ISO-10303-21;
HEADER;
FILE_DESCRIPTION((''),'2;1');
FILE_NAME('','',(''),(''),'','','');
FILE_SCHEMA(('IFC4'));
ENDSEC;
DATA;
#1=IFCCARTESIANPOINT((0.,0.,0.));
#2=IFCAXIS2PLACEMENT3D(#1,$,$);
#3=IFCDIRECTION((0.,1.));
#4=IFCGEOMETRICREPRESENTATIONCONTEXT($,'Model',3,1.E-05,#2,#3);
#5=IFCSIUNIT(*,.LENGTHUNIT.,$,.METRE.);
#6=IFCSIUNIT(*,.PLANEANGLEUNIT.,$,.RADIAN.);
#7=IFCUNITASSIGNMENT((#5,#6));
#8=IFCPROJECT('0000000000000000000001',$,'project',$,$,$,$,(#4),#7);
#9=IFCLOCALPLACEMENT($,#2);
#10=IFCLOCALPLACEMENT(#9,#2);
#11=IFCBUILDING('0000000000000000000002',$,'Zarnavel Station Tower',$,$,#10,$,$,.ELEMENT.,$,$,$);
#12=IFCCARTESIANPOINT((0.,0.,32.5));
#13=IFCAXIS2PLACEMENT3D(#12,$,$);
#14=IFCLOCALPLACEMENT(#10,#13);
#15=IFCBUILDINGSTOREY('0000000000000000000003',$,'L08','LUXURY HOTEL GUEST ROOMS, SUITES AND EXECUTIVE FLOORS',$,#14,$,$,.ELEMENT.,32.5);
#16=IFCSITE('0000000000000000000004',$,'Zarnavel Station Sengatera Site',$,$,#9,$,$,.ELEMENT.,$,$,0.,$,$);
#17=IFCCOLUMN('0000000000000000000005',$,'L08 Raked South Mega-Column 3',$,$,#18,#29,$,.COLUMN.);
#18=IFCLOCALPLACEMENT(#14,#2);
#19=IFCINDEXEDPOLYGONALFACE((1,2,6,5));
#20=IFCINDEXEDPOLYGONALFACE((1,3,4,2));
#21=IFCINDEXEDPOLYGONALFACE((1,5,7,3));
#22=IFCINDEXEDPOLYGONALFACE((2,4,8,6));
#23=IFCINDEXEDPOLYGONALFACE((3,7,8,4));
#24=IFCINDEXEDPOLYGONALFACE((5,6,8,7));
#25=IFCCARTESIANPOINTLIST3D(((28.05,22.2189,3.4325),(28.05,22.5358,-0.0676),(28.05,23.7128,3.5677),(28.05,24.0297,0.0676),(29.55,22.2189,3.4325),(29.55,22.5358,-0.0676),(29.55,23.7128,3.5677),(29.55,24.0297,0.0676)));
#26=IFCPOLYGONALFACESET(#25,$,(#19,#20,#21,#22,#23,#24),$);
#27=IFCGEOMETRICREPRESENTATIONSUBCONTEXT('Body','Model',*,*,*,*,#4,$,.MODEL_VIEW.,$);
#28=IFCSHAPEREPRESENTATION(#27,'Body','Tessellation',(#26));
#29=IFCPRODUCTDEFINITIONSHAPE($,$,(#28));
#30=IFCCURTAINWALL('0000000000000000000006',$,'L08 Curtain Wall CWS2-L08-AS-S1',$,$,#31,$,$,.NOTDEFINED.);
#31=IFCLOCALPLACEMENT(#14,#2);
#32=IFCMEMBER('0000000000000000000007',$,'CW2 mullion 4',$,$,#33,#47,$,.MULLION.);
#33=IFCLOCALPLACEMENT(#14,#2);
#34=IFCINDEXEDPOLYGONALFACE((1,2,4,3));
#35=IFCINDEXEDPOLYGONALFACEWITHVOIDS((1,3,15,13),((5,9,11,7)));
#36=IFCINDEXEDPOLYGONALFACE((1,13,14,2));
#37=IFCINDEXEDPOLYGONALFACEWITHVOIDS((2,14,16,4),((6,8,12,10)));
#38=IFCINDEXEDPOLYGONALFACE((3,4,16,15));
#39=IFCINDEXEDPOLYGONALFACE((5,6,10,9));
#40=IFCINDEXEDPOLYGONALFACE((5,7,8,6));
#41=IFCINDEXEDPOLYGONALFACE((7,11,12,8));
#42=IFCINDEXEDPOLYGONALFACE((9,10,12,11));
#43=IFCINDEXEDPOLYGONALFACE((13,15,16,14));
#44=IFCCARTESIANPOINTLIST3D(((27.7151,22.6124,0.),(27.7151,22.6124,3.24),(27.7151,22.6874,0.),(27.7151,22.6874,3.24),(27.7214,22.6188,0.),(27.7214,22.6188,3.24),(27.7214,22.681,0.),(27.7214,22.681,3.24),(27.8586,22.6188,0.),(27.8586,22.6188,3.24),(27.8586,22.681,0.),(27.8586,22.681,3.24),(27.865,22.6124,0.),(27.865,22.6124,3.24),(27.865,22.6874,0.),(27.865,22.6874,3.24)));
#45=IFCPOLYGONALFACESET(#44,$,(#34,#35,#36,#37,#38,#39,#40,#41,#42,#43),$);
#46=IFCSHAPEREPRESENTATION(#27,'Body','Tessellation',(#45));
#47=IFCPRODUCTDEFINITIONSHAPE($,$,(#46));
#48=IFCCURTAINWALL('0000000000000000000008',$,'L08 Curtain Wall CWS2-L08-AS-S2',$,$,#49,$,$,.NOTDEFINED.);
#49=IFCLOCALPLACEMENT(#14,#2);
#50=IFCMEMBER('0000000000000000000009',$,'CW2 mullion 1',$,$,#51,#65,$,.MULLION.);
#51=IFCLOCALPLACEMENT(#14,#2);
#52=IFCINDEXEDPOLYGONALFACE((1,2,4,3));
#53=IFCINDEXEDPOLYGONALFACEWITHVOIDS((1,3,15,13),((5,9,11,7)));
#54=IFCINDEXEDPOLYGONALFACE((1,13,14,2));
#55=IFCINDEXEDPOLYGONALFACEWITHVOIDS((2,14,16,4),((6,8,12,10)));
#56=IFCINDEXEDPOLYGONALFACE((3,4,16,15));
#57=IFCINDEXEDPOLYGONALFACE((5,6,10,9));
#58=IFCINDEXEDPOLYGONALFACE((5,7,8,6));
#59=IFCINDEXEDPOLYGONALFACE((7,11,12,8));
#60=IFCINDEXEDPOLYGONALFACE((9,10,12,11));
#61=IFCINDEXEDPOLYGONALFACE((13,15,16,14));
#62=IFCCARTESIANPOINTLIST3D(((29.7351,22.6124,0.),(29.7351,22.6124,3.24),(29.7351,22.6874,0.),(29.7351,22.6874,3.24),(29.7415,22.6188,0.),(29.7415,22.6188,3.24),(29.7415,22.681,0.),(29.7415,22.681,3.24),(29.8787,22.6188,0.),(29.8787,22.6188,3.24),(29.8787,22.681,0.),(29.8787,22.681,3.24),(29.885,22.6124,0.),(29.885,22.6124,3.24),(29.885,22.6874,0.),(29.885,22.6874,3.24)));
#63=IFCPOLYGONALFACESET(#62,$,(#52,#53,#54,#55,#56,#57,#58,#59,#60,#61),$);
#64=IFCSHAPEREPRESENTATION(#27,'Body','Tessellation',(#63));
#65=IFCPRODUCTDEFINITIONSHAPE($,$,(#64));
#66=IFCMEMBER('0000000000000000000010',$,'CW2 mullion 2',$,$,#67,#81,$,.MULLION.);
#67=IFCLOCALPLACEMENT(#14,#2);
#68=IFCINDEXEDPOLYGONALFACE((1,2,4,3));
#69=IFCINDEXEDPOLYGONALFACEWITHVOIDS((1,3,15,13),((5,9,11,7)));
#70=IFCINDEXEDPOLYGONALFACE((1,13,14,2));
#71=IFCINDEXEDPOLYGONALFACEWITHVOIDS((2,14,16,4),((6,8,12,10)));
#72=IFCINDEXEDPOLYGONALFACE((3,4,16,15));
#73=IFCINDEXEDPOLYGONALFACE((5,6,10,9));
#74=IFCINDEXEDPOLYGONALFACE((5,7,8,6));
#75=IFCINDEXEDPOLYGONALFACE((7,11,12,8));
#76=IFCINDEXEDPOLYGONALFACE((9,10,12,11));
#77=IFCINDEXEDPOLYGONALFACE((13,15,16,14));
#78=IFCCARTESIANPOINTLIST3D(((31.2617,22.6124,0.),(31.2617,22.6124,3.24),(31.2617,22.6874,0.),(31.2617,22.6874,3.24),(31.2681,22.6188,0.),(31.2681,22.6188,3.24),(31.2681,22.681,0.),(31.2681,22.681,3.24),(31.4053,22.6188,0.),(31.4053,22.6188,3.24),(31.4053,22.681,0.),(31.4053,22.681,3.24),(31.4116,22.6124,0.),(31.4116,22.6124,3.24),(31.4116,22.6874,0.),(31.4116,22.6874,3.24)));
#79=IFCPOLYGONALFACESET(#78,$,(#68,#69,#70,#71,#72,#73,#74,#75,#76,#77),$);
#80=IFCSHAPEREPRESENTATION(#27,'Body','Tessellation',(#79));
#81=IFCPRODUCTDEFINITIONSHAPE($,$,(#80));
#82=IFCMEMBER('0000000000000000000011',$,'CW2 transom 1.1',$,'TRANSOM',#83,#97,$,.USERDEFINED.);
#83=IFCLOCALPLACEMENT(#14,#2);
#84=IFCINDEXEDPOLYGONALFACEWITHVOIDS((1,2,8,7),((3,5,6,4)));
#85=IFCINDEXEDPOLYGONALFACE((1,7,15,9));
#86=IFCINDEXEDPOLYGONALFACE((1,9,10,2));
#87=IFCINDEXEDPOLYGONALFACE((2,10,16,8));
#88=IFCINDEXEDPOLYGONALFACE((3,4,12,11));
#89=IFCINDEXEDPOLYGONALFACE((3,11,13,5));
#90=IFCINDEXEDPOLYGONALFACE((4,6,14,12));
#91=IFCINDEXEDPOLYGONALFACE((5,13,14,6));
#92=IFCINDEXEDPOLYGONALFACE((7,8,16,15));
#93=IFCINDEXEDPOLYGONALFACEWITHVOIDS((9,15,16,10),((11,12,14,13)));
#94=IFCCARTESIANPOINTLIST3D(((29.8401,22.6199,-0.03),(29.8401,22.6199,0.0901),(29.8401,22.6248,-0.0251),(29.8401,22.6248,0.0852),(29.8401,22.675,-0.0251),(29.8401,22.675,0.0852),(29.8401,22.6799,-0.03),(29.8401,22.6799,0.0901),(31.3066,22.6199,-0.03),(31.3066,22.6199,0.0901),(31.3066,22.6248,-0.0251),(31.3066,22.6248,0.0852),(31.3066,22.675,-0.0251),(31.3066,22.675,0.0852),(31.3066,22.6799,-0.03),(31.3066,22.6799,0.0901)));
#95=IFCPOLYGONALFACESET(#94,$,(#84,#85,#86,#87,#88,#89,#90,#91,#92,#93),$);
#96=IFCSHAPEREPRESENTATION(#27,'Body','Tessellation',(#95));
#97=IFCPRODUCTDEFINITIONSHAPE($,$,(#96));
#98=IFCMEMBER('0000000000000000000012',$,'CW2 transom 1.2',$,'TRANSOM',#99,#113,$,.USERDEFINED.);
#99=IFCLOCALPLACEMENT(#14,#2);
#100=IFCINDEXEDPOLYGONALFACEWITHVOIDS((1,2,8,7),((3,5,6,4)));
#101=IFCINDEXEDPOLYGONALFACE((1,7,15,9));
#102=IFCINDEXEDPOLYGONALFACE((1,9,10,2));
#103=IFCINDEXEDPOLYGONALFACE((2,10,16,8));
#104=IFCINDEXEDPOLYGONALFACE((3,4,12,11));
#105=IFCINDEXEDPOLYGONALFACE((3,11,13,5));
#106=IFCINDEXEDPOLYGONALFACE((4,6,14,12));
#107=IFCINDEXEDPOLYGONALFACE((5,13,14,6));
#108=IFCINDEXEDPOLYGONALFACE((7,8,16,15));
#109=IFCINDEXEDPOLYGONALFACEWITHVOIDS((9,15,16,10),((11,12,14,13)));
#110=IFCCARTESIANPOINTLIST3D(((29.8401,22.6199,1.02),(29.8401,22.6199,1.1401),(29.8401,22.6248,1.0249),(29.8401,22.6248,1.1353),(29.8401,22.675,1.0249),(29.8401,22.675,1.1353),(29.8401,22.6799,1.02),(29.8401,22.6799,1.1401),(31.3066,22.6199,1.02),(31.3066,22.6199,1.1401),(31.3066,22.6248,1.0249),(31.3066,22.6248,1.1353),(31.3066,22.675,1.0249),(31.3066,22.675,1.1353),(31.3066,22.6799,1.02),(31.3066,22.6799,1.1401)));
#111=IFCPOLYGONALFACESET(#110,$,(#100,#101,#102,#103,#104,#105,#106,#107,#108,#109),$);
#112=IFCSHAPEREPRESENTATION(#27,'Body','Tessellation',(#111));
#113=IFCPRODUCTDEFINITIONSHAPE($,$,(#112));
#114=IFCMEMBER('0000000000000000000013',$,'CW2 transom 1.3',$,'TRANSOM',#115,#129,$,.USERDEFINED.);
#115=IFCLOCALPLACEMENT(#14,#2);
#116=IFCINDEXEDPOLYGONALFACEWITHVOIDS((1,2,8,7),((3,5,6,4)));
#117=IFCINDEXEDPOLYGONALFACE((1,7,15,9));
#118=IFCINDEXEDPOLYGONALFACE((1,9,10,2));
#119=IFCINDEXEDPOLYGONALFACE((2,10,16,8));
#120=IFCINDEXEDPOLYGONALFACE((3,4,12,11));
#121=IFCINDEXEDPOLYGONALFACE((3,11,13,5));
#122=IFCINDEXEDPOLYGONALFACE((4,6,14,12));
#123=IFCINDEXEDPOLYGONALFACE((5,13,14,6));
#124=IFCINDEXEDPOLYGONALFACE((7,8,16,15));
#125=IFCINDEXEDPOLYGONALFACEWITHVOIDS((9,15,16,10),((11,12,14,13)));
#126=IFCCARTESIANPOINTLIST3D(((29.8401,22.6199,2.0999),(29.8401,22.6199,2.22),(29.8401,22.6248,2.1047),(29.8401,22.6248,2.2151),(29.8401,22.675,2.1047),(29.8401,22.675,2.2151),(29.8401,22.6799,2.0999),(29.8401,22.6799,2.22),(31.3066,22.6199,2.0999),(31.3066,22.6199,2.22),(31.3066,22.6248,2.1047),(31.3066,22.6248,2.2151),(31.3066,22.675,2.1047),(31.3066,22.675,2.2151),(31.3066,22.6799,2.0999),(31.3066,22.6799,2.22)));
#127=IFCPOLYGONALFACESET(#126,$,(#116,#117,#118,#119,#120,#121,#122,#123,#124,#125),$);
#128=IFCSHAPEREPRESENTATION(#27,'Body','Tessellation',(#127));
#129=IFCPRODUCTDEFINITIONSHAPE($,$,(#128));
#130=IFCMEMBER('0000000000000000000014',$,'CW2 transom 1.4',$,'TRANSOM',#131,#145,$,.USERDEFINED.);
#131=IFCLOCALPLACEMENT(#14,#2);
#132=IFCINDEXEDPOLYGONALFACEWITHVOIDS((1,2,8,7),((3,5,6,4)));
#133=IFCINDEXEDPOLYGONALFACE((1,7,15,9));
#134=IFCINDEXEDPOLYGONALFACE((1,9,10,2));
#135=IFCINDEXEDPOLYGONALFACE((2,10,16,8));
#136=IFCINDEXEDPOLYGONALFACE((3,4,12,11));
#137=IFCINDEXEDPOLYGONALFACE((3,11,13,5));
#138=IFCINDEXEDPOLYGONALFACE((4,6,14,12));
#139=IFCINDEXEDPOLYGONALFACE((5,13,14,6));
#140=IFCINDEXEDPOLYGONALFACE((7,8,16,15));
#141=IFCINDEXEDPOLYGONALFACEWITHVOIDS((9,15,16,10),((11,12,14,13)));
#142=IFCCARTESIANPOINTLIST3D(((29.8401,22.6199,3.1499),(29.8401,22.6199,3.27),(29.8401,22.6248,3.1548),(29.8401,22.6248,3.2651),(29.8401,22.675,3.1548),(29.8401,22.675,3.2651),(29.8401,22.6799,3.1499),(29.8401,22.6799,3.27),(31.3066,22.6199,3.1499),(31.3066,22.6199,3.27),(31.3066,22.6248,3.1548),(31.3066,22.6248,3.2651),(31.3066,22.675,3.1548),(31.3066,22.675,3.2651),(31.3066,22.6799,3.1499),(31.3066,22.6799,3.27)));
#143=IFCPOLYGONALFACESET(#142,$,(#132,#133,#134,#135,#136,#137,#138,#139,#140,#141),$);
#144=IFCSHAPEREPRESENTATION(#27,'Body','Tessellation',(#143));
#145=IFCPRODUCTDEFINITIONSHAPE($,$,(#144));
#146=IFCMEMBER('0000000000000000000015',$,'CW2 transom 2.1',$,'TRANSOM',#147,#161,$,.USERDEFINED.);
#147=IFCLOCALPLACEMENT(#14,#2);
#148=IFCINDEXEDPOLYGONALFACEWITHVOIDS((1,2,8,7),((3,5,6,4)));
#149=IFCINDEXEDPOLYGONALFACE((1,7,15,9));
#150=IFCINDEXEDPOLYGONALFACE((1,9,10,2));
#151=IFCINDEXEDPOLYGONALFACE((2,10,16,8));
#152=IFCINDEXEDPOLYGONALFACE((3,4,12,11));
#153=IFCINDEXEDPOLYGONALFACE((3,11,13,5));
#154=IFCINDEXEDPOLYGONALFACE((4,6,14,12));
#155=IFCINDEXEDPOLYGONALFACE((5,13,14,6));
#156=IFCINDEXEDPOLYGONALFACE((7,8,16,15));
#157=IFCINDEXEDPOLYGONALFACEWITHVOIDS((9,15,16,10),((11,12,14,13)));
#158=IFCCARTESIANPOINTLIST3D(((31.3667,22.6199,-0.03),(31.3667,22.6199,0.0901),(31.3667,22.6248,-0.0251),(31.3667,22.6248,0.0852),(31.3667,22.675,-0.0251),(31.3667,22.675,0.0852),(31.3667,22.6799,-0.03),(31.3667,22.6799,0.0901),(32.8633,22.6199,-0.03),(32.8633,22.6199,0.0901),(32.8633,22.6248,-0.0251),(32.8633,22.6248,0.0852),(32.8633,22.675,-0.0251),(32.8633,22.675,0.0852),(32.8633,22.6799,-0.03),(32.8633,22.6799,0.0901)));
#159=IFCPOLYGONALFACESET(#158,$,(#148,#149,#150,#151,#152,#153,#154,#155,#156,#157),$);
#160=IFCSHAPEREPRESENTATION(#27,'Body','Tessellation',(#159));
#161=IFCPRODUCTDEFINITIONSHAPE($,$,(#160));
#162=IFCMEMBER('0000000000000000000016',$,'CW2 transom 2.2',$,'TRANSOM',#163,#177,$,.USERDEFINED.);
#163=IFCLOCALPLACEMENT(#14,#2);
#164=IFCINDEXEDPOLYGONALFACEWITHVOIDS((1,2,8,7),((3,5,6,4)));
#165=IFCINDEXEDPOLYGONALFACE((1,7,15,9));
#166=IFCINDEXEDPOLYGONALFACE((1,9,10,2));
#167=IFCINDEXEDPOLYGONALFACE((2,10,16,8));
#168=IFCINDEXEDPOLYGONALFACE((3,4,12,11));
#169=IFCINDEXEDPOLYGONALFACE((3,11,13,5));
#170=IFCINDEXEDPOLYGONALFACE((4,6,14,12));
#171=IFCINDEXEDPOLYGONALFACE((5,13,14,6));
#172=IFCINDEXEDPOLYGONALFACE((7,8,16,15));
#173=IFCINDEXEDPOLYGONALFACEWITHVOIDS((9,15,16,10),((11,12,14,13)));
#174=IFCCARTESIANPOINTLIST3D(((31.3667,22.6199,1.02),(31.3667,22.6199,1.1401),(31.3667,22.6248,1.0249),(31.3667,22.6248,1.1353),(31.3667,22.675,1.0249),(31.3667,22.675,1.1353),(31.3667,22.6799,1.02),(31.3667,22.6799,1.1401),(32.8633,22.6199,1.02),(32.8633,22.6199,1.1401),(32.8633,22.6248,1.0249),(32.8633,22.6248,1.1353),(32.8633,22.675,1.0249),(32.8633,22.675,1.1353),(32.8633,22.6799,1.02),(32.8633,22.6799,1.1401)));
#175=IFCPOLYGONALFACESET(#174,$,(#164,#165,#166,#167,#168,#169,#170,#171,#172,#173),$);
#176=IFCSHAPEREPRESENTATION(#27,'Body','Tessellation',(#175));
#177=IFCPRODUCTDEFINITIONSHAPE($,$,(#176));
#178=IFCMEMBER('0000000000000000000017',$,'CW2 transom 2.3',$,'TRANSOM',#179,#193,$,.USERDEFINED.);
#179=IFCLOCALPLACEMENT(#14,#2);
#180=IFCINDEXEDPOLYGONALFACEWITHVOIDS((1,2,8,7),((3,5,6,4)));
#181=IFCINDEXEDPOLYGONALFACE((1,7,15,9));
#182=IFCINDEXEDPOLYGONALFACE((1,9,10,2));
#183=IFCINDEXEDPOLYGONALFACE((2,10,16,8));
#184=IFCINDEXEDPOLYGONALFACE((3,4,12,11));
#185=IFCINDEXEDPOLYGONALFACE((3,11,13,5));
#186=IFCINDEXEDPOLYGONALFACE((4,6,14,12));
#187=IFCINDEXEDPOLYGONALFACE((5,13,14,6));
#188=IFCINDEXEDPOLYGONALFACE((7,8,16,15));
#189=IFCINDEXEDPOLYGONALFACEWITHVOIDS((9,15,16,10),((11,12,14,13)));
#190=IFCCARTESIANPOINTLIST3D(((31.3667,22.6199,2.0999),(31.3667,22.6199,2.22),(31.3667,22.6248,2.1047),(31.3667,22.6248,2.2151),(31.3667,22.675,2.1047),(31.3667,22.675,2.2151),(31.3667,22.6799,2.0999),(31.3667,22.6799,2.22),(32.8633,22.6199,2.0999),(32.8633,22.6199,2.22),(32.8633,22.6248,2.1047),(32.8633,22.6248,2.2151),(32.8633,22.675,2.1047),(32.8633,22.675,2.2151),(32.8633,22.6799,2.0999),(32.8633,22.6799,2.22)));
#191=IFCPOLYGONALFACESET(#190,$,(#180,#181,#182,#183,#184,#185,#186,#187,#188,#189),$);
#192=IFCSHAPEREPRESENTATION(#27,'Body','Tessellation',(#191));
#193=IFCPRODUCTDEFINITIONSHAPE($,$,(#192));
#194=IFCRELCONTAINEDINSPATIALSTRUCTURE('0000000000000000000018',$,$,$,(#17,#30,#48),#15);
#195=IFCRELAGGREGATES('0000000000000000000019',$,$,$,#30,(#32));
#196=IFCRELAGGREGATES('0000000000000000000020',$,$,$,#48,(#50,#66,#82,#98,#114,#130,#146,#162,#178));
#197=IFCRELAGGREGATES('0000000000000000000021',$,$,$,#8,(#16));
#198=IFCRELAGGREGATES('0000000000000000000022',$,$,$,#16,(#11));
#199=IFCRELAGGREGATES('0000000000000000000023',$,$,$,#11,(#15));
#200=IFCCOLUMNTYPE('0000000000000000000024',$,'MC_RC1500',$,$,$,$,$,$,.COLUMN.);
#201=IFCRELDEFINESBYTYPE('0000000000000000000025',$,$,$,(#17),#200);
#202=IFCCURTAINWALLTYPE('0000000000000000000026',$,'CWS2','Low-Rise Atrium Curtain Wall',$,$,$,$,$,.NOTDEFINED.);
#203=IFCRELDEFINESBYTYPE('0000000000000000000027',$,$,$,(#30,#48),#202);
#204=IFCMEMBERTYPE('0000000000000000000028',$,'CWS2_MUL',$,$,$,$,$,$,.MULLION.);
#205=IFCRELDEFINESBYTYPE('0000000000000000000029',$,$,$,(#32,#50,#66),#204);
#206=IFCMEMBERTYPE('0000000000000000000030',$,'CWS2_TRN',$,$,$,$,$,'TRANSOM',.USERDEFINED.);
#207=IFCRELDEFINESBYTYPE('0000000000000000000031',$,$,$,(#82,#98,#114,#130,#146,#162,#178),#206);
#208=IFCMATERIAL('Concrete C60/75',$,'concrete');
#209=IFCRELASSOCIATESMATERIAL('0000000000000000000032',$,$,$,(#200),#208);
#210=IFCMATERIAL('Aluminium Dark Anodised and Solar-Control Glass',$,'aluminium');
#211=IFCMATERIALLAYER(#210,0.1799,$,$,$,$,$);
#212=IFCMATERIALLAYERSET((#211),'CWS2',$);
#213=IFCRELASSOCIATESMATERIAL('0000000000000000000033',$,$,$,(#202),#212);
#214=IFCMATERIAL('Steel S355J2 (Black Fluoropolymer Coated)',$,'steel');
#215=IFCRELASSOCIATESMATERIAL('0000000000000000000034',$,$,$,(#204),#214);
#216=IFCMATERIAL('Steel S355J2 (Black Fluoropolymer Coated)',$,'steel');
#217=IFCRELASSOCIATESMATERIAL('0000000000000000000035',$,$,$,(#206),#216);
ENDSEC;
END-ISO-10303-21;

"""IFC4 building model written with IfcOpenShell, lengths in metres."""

from ifc_helpers import new_model, si_unit, direction, frame, origin, origin_2d, place, context, subcontext, project, spatial, rectangle, hollow_rectangle, extrude, material, layer, layer_set, material_profile, profile_set, type_object, element, aggregate, save


model = new_model("IFC4")

# Units and contexts
model_context = context("Model", 3, precision=1e-05, world=origin(), true_north=direction((0.0, 1.0)))
body_context = subcontext(model_context, "Body", "Model", "MODEL_VIEW")
ifc_project = project(units=[si_unit("LENGTHUNIT", "METRE"), si_unit("PLANEANGLEUNIT", "RADIAN")], contexts=[model_context])

# Site, building, storey
site_placement = place(None, origin())
site = spatial("IfcSite", under=ifc_project, at=site_placement, Name="Zarnavel Station Sengatera Site", CompositionType="ELEMENT", RefElevation=0.0)
building_placement = place(site_placement, origin())
building = spatial("IfcBuilding", under=site, at=building_placement, Name="Zarnavel Station Tower", CompositionType="ELEMENT")
storey_placement = place(building_placement, frame((0.0, 0.0, 32.5)))
storey = spatial("IfcBuildingStorey", under=building, at=storey_placement, Name="L08", Description="LUXURY HOTEL GUEST ROOMS, SUITES AND EXECUTIVE FLOORS", CompositionType="ELEMENT", Elevation=32.5)

# Column
ifc_material_1 = material(Name="Concrete C60/75", Category="concrete")
ifc_material_profile_1 = material_profile(ifc_material_1, rectangle(XDim=1.5, YDim=1.5, at=origin_2d()), Name="RC1500x1500")
ifc_profile_set_1 = profile_set([ifc_material_profile_1], Name="Concrete C60/75")
column_type = type_object("IfcColumnType", Name="MC_RC1500", PredefinedType="COLUMN", material=ifc_profile_set_1)
column_placement = place(storey_placement, frame((28.8, 23.2827, 0.0), z_axis=(0.0, -0.090172, 0.995926), x_axis=(1.0, 0.0, 0.0)))
element("IfcColumn", 1, at=column_placement, inside=storey, type_object=column_type, Name="L08 Raked South Mega-Column 3", PredefinedType="COLUMN", context=body_context, shape_type="SweptSolid", body=[
    extrude(rectangle(XDim=1.5, YDim=1.5, at=origin_2d()), origin(), (0.0, 0.0, 1.0), 3.5144),
])

# Curtain wall, member
ifc_material_2 = material(Name="Aluminium Dark Anodised and Solar-Control Glass", Category="aluminium")
ifc_layer_1 = layer(ifc_material_2, 0.1799)
ifc_layer_set_1 = layer_set([ifc_layer_1], Name="CWS2")
curtain_wall_type = type_object("IfcCurtainWallType", Name="CWS2", Description="Low-Rise Atrium Curtain Wall", PredefinedType="NOTDEFINED", material=ifc_layer_set_1)
curtain_wall_1_placement = place(storey_placement, origin())
curtain_wall_1 = element("IfcCurtainWall", 2, at=curtain_wall_1_placement, inside=storey, type_object=curtain_wall_type, Name="L08 Curtain Wall CWS2-L08-AS-S1", PredefinedType="NOTDEFINED")
ifc_material_3 = material(Name="Steel S355J2 (Black Fluoropolymer Coated)", Category="steel")
ifc_material_profile_2 = material_profile(ifc_material_3, hollow_rectangle(XDim=0.075, YDim=0.1499, WallThickness=0.0063, at=origin_2d()), Name="RHS150x75x6.3")
ifc_profile_set_2 = profile_set([ifc_material_profile_2], Name="Steel S355J2 (Black Fluoropolymer Coated)")
member_type_1 = type_object("IfcMemberType", Name="CWS2_MUL", PredefinedType="MULLION", material=ifc_profile_set_2)
member_1_placement = place(storey_placement, frame((27.79, 22.6499, 0.0), z_axis=(0.0, 0.0, 1.0), x_axis=(0.0, 1.0, 0.0)))
member_1 = element("IfcMember", 3, at=member_1_placement, type_object=member_type_1, Name="CW2 mullion 4", PredefinedType="MULLION", context=body_context, shape_type="SweptSolid", body=[
    extrude(hollow_rectangle(XDim=0.075, YDim=0.1499, WallThickness=0.0063, at=origin_2d()), origin(), (0.0, 0.0, 1.0), 3.24),
])
aggregate(curtain_wall_1, [member_1])

# Curtain wall, members
curtain_wall_2_placement = place(storey_placement, origin())
curtain_wall_2 = element("IfcCurtainWall", 4, at=curtain_wall_2_placement, inside=storey, type_object=curtain_wall_type, Name="L08 Curtain Wall CWS2-L08-AS-S2", PredefinedType="NOTDEFINED")
member_2_placement = place(storey_placement, frame((29.8101, 22.6499, 0.0), z_axis=(0.0, 0.0, 1.0), x_axis=(0.0, 1.0, 0.0)))
member_2 = element("IfcMember", 5, at=member_2_placement, type_object=member_type_1, Name="CW2 mullion 1", PredefinedType="MULLION", context=body_context, shape_type="SweptSolid", body=[
    extrude(hollow_rectangle(XDim=0.075, YDim=0.1499, WallThickness=0.0063, at=origin_2d()), origin(), (0.0, 0.0, 1.0), 3.24),
])
member_3_placement = place(storey_placement, frame((31.3367, 22.6499, 0.0), z_axis=(0.0, 0.0, 1.0), x_axis=(0.0, 1.0, 0.0)))
member_3 = element("IfcMember", 6, at=member_3_placement, type_object=member_type_1, Name="CW2 mullion 2", PredefinedType="MULLION", context=body_context, shape_type="SweptSolid", body=[
    extrude(hollow_rectangle(XDim=0.075, YDim=0.1499, WallThickness=0.0063, at=origin_2d()), origin(), (0.0, 0.0, 1.0), 3.24),
])
ifc_material_4 = material(Name="Steel S355J2 (Black Fluoropolymer Coated)", Category="steel")
ifc_material_profile_3 = material_profile(ifc_material_4, hollow_rectangle(XDim=0.0601, YDim=0.1201, WallThickness=0.0049, at=origin_2d()), Name="RHS120x60x5")
ifc_profile_set_3 = profile_set([ifc_material_profile_3], Name="Steel S355J2 (Black Fluoropolymer Coated)")
member_type_2 = type_object("IfcMemberType", Name="CWS2_TRN", ElementType="TRANSOM", PredefinedType="USERDEFINED", material=ifc_profile_set_3)
member_4_placement = place(storey_placement, frame((29.8401, 22.6499, 0.03), z_axis=(1.0, 0.0, 0.0), x_axis=(0.0, 1.0, 0.0)))
member_4 = element("IfcMember", 7, at=member_4_placement, type_object=member_type_2, Name="CW2 transom 1.1", ObjectType="TRANSOM", PredefinedType="USERDEFINED", context=body_context, shape_type="SweptSolid", body=[
    extrude(hollow_rectangle(XDim=0.0601, YDim=0.1201, WallThickness=0.0049, at=origin_2d()), origin(), (0.0, 0.0, 1.0), 1.4666),
])
member_5_placement = place(storey_placement, frame((29.8401, 22.6499, 1.0801), z_axis=(1.0, 0.0, 0.0), x_axis=(0.0, 1.0, 0.0)))
member_5 = element("IfcMember", 8, at=member_5_placement, type_object=member_type_2, Name="CW2 transom 1.2", ObjectType="TRANSOM", PredefinedType="USERDEFINED", context=body_context, shape_type="SweptSolid", body=[
    extrude(hollow_rectangle(XDim=0.0601, YDim=0.1201, WallThickness=0.0049, at=origin_2d()), origin(), (0.0, 0.0, 1.0), 1.4666),
])
member_6_placement = place(storey_placement, frame((29.8401, 22.6499, 2.1599), z_axis=(1.0, 0.0, 0.0), x_axis=(0.0, 1.0, 0.0)))
member_6 = element("IfcMember", 9, at=member_6_placement, type_object=member_type_2, Name="CW2 transom 1.3", ObjectType="TRANSOM", PredefinedType="USERDEFINED", context=body_context, shape_type="SweptSolid", body=[
    extrude(hollow_rectangle(XDim=0.0601, YDim=0.1201, WallThickness=0.0049, at=origin_2d()), origin(), (0.0, 0.0, 1.0), 1.4666),
])
member_7_placement = place(storey_placement, frame((29.8401, 22.6499, 3.21), z_axis=(1.0, 0.0, 0.0), x_axis=(0.0, 1.0, 0.0)))
member_7 = element("IfcMember", 10, at=member_7_placement, type_object=member_type_2, Name="CW2 transom 1.4", ObjectType="TRANSOM", PredefinedType="USERDEFINED", context=body_context, shape_type="SweptSolid", body=[
    extrude(hollow_rectangle(XDim=0.0601, YDim=0.1201, WallThickness=0.0049, at=origin_2d()), origin(), (0.0, 0.0, 1.0), 1.4666),
])
member_8_placement = place(storey_placement, frame((31.3667, 22.6499, 0.03), z_axis=(1.0, 0.0, 0.0), x_axis=(0.0, 1.0, 0.0)))
member_8 = element("IfcMember", 11, at=member_8_placement, type_object=member_type_2, Name="CW2 transom 2.1", ObjectType="TRANSOM", PredefinedType="USERDEFINED", context=body_context, shape_type="SweptSolid", body=[
    extrude(hollow_rectangle(XDim=0.0601, YDim=0.1201, WallThickness=0.0049, at=origin_2d()), origin(), (0.0, 0.0, 1.0), 1.4966),
])
member_9_placement = place(storey_placement, frame((31.3667, 22.6499, 1.0801), z_axis=(1.0, 0.0, 0.0), x_axis=(0.0, 1.0, 0.0)))
member_9 = element("IfcMember", 12, at=member_9_placement, type_object=member_type_2, Name="CW2 transom 2.2", ObjectType="TRANSOM", PredefinedType="USERDEFINED", context=body_context, shape_type="SweptSolid", body=[
    extrude(hollow_rectangle(XDim=0.0601, YDim=0.1201, WallThickness=0.0049, at=origin_2d()), origin(), (0.0, 0.0, 1.0), 1.4966),
])
member_10_placement = place(storey_placement, frame((31.3667, 22.6499, 2.1599), z_axis=(1.0, 0.0, 0.0), x_axis=(0.0, 1.0, 0.0)))
member_10 = element("IfcMember", 13, at=member_10_placement, type_object=member_type_2, Name="CW2 transom 2.3", ObjectType="TRANSOM", PredefinedType="USERDEFINED", context=body_context, shape_type="SweptSolid", body=[
    extrude(hollow_rectangle(XDim=0.0601, YDim=0.1201, WallThickness=0.0049, at=origin_2d()), origin(), (0.0, 0.0, 1.0), 1.4966),
])

aggregate(curtain_wall_2, [member_2, member_3, member_4, member_5, member_6, member_7, member_8, member_9, member_10])

save(model, "model.ifc")
